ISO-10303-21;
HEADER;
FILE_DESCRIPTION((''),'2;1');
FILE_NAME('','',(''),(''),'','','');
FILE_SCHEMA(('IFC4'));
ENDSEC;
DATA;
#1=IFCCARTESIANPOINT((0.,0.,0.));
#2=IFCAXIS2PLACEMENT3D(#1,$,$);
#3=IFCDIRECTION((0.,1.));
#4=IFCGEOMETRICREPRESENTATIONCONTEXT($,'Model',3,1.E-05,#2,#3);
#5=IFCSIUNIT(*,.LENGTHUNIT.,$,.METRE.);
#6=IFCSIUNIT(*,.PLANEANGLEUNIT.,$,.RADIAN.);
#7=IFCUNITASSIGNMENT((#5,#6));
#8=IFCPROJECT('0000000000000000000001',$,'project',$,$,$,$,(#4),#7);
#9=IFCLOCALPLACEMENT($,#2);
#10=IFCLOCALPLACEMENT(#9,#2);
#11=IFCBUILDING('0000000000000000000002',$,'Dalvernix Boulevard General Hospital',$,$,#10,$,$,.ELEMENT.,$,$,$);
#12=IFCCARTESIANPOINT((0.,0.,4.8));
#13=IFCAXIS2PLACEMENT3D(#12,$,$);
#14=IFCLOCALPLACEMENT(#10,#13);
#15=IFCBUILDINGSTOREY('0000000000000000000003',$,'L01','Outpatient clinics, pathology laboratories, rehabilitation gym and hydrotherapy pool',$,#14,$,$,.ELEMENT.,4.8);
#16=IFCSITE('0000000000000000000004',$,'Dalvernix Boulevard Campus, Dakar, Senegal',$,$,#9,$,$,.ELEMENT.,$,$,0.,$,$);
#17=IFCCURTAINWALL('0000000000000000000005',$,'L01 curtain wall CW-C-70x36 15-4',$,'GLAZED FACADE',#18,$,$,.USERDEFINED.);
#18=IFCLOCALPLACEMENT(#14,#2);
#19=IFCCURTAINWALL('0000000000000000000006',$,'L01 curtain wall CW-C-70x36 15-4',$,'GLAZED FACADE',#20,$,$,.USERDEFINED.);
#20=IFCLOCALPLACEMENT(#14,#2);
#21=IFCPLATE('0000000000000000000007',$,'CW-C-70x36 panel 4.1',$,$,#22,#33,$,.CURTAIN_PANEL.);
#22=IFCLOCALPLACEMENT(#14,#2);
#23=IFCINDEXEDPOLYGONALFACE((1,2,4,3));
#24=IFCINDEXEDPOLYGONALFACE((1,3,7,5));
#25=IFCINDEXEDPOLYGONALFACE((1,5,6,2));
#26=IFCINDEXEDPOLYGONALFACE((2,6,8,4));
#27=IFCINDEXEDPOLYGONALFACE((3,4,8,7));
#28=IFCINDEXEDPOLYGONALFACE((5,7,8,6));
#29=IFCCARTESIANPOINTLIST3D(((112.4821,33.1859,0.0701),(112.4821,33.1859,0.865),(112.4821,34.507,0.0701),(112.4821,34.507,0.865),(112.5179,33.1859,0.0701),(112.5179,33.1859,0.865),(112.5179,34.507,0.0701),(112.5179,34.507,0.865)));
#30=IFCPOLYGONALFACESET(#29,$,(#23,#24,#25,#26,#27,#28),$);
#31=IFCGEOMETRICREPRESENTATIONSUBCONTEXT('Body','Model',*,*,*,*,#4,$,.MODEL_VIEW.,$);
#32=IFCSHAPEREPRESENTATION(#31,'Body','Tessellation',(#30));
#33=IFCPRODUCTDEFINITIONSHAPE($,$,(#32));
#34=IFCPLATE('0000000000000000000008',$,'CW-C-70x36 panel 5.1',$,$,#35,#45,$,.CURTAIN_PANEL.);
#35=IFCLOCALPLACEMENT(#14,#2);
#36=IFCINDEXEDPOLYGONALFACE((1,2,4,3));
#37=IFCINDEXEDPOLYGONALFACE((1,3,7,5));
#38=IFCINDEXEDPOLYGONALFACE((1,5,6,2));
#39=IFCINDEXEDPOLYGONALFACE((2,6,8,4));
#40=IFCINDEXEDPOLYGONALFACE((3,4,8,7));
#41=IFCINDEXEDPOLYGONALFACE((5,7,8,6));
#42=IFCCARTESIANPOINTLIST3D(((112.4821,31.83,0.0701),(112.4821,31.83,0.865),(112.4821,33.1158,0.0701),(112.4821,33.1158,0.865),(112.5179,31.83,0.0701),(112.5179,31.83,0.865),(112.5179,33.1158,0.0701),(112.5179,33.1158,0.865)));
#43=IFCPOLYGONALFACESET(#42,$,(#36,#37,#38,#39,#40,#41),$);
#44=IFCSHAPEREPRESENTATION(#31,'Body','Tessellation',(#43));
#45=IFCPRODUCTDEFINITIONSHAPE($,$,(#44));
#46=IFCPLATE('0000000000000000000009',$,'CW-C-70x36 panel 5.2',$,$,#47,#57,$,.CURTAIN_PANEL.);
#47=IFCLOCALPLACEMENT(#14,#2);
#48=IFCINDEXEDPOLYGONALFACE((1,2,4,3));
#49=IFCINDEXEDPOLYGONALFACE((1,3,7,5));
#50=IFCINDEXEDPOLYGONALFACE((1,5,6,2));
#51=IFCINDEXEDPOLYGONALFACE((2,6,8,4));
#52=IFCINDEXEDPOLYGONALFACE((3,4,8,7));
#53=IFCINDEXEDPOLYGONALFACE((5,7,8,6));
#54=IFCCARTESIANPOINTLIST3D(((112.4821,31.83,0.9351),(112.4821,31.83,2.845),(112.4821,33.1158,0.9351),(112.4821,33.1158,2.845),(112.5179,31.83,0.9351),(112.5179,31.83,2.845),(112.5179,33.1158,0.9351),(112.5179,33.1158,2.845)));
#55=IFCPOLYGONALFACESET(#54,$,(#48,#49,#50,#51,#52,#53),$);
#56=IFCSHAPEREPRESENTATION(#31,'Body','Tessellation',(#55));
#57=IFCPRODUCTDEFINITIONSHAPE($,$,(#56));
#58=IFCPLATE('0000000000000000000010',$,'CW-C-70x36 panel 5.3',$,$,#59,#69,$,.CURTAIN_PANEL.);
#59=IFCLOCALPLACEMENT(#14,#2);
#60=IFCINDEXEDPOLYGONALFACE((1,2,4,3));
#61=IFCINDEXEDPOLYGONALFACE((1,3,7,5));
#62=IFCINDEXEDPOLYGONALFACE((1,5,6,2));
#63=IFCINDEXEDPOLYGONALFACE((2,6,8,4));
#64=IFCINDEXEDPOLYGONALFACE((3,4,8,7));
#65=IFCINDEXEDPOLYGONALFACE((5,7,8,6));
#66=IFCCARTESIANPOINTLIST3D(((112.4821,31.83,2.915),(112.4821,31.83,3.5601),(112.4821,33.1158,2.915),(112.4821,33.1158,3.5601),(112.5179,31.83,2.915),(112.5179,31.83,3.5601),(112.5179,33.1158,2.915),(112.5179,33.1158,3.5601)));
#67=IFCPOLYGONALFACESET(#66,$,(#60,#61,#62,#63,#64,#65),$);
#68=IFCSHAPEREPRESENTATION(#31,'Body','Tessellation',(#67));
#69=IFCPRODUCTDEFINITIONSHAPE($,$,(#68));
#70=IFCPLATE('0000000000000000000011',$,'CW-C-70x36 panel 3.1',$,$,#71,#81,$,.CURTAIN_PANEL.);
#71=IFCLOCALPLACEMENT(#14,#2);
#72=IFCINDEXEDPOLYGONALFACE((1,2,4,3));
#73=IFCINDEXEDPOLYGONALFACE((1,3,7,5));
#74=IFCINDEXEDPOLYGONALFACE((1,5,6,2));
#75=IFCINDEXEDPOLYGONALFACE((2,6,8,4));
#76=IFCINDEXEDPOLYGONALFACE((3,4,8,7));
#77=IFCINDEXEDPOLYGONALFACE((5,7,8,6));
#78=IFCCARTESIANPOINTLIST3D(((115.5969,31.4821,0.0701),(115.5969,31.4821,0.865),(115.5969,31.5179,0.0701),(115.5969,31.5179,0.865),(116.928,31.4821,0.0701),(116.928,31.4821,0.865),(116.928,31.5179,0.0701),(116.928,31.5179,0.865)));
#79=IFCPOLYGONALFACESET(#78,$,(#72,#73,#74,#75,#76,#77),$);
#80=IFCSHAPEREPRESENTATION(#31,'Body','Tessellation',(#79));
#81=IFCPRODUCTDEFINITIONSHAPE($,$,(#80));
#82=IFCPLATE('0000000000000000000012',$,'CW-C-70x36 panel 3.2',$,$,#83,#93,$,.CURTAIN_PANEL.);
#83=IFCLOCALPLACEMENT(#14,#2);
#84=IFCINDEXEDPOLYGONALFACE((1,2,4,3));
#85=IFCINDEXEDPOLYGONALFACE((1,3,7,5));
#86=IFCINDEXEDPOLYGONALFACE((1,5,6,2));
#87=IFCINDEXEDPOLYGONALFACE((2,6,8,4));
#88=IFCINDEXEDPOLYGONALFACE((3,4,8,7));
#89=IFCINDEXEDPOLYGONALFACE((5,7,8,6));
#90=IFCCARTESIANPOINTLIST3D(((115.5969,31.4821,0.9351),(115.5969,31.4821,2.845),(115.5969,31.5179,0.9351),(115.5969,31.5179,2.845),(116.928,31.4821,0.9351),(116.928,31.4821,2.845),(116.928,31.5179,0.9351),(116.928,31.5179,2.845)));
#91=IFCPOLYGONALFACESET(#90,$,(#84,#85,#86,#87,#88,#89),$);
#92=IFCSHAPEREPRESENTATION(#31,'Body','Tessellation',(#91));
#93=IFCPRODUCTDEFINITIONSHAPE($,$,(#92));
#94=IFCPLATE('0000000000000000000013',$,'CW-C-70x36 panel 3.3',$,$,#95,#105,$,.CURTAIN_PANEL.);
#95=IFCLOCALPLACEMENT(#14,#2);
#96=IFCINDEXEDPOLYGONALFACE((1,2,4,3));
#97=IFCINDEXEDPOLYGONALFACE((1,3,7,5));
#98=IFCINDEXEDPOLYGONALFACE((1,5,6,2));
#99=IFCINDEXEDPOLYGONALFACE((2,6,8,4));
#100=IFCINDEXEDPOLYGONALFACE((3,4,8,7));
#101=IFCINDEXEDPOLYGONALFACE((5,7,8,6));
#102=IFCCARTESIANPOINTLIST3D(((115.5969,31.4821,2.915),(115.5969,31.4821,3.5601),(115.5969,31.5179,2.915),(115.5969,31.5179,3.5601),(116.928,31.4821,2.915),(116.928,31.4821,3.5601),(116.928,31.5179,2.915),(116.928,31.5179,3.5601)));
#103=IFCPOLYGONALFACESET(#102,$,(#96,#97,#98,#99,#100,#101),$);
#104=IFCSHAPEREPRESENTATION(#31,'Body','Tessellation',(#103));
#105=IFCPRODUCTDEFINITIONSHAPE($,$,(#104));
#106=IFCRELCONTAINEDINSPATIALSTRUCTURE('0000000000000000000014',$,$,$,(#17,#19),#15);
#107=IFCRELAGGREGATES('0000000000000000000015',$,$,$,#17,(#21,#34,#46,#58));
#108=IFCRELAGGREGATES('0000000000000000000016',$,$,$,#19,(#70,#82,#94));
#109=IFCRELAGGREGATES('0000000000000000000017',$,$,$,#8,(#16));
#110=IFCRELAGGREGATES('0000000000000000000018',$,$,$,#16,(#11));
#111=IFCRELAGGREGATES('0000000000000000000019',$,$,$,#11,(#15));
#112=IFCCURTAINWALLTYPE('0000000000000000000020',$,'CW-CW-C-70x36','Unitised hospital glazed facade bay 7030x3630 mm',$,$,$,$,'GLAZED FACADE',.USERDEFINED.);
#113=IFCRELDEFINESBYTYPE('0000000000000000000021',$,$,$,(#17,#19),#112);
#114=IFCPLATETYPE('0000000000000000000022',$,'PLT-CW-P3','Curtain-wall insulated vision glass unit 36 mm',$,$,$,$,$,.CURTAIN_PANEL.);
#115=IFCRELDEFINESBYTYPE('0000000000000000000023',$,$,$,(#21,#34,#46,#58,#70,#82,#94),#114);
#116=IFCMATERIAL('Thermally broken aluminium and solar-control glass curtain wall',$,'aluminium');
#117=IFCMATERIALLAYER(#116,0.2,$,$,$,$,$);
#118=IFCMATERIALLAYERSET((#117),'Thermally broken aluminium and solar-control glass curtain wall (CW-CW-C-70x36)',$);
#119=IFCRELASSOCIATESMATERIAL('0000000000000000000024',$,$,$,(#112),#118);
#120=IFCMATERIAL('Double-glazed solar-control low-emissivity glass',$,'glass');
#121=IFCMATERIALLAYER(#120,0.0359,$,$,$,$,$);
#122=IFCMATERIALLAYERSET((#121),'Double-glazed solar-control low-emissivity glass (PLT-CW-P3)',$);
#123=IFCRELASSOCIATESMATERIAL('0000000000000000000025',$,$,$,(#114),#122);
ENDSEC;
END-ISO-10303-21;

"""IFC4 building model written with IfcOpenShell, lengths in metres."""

from ifc_helpers import new_model, si_unit, direction, frame, origin, origin_2d, place, context, subcontext, project, spatial, rectangle, extrude, material, layer, layer_set, type_object, element, aggregate, save


model = new_model("IFC4")

# Units and contexts
model_context = context("Model", 3, precision=1e-05, world=origin(), true_north=direction((0.0, 1.0)))
body_context = subcontext(model_context, "Body", "Model", "MODEL_VIEW")
ifc_project = project(units=[si_unit("LENGTHUNIT", "METRE"), si_unit("PLANEANGLEUNIT", "RADIAN")], contexts=[model_context])

# Site, building, storey
site_placement = place(None, origin())
site = spatial("IfcSite", under=ifc_project, at=site_placement, Name="Dalvernix Boulevard Campus, Dakar, Senegal", CompositionType="ELEMENT", RefElevation=0.0)
building_placement = place(site_placement, origin())
building = spatial("IfcBuilding", under=site, at=building_placement, Name="Dalvernix Boulevard General Hospital", CompositionType="ELEMENT")
storey_placement = place(building_placement, frame((0.0, 0.0, 4.8)))
storey = spatial("IfcBuildingStorey", under=building, at=storey_placement, Name="L01", Description="Outpatient clinics, pathology laboratories, rehabilitation gym and hydrotherapy pool", CompositionType="ELEMENT", Elevation=4.8)

# Curtain wall
ifc_material_1 = material(Name="Thermally broken aluminium and solar-control glass curtain wall", Category="aluminium")
ifc_layer_1 = layer(ifc_material_1, 0.2)
ifc_layer_set_1 = layer_set([ifc_layer_1], Name="Thermally broken aluminium and solar-control glass curtain wall (CW-CW-C-70x36)")
curtain_wall_type = type_object("IfcCurtainWallType", Name="CW-CW-C-70x36", Description="Unitised hospital glazed facade bay 7030x3630 mm", ElementType="GLAZED FACADE", PredefinedType="USERDEFINED", material=ifc_layer_set_1)
curtain_wall_1_placement = place(storey_placement, origin())
curtain_wall_1 = element("IfcCurtainWall", 1, at=curtain_wall_1_placement, inside=storey, type_object=curtain_wall_type, Name="L01 curtain wall CW-C-70x36 15-4", ObjectType="GLAZED FACADE", PredefinedType="USERDEFINED")

# Curtain wall
curtain_wall_2_placement = place(storey_placement, origin())
curtain_wall_2 = element("IfcCurtainWall", 2, at=curtain_wall_2_placement, inside=storey, type_object=curtain_wall_type, Name="L01 curtain wall CW-C-70x36 15-4", ObjectType="GLAZED FACADE", PredefinedType="USERDEFINED")

# Plates
ifc_material_2 = material(Name="Double-glazed solar-control low-emissivity glass", Category="glass")
ifc_layer_2 = layer(ifc_material_2, 0.0359)
ifc_layer_set_2 = layer_set([ifc_layer_2], Name="Double-glazed solar-control low-emissivity glass (PLT-CW-P3)")
plate_type = type_object("IfcPlateType", Name="PLT-CW-P3", Description="Curtain-wall insulated vision glass unit 36 mm", PredefinedType="CURTAIN_PANEL", material=ifc_layer_set_2)
plate_1_placement = place(storey_placement, frame((112.5, 33.8464, 0.0701), z_axis=(0.0, 0.0, 1.0), x_axis=(0.0, -1.0, 0.0)))
plate_1 = element("IfcPlate", 3, at=plate_1_placement, type_object=plate_type, Name="CW-C-70x36 panel 4.1", PredefinedType="CURTAIN_PANEL", context=body_context, shape_type="SweptSolid", body=[
    extrude(rectangle(XDim=1.321, YDim=0.0359, at=origin_2d()), origin(), (0.0, 0.0, 1.0), 0.7949),
])
plate_2_placement = place(storey_placement, frame((112.5, 32.4729, 0.0701), z_axis=(0.0, 0.0, 1.0), x_axis=(0.0, -1.0, 0.0)))
plate_2 = element("IfcPlate", 4, at=plate_2_placement, type_object=plate_type, Name="CW-C-70x36 panel 5.1", PredefinedType="CURTAIN_PANEL", context=body_context, shape_type="SweptSolid", body=[
    extrude(rectangle(XDim=1.2859, YDim=0.0359, at=origin_2d()), origin(), (0.0, 0.0, 1.0), 0.7949),
])
plate_3_placement = place(storey_placement, frame((112.5, 32.4729, 0.9351), z_axis=(0.0, 0.0, 1.0), x_axis=(0.0, -1.0, 0.0)))
plate_3 = element("IfcPlate", 5, at=plate_3_placement, type_object=plate_type, Name="CW-C-70x36 panel 5.2", PredefinedType="CURTAIN_PANEL", context=body_context, shape_type="SweptSolid", body=[
    extrude(rectangle(XDim=1.2859, YDim=0.0359, at=origin_2d()), origin(), (0.0, 0.0, 1.0), 1.9099),
])
plate_4_placement = place(storey_placement, frame((112.5, 32.4729, 2.915), z_axis=(0.0, 0.0, 1.0), x_axis=(0.0, -1.0, 0.0)))
plate_4 = element("IfcPlate", 6, at=plate_4_placement, type_object=plate_type, Name="CW-C-70x36 panel 5.3", PredefinedType="CURTAIN_PANEL", context=body_context, shape_type="SweptSolid", body=[
    extrude(rectangle(XDim=1.2859, YDim=0.0359, at=origin_2d()), origin(), (0.0, 0.0, 1.0), 0.645),
])
aggregate(curtain_wall_1, [plate_1, plate_2, plate_3, plate_4])
plate_5_placement = place(storey_placement, frame((116.2625, 31.5, 0.0701), z_axis=(0.0, 0.0, 1.0), x_axis=(1.0, 0.0, 0.0)))
plate_5 = element("IfcPlate", 7, at=plate_5_placement, type_object=plate_type, Name="CW-C-70x36 panel 3.1", PredefinedType="CURTAIN_PANEL", context=body_context, shape_type="SweptSolid", body=[
    extrude(rectangle(XDim=1.3311, YDim=0.0359, at=origin_2d()), origin(), (0.0, 0.0, 1.0), 0.7949),
])
plate_6_placement = place(storey_placement, frame((116.2625, 31.5, 0.9351), z_axis=(0.0, 0.0, 1.0), x_axis=(1.0, 0.0, 0.0)))
plate_6 = element("IfcPlate", 8, at=plate_6_placement, type_object=plate_type, Name="CW-C-70x36 panel 3.2", PredefinedType="CURTAIN_PANEL", context=body_context, shape_type="SweptSolid", body=[
    extrude(rectangle(XDim=1.3311, YDim=0.0359, at=origin_2d()), origin(), (0.0, 0.0, 1.0), 1.9099),
])
plate_7_placement = place(storey_placement, frame((116.2625, 31.5, 2.915), z_axis=(0.0, 0.0, 1.0), x_axis=(1.0, 0.0, 0.0)))
plate_7 = element("IfcPlate", 9, at=plate_7_placement, type_object=plate_type, Name="CW-C-70x36 panel 3.3", PredefinedType="CURTAIN_PANEL", context=body_context, shape_type="SweptSolid", body=[
    extrude(rectangle(XDim=1.3311, YDim=0.0359, at=origin_2d()), origin(), (0.0, 0.0, 1.0), 0.645),
])
aggregate(curtain_wall_2, [plate_5, plate_6, plate_7])

save(model, "model.ifc")
